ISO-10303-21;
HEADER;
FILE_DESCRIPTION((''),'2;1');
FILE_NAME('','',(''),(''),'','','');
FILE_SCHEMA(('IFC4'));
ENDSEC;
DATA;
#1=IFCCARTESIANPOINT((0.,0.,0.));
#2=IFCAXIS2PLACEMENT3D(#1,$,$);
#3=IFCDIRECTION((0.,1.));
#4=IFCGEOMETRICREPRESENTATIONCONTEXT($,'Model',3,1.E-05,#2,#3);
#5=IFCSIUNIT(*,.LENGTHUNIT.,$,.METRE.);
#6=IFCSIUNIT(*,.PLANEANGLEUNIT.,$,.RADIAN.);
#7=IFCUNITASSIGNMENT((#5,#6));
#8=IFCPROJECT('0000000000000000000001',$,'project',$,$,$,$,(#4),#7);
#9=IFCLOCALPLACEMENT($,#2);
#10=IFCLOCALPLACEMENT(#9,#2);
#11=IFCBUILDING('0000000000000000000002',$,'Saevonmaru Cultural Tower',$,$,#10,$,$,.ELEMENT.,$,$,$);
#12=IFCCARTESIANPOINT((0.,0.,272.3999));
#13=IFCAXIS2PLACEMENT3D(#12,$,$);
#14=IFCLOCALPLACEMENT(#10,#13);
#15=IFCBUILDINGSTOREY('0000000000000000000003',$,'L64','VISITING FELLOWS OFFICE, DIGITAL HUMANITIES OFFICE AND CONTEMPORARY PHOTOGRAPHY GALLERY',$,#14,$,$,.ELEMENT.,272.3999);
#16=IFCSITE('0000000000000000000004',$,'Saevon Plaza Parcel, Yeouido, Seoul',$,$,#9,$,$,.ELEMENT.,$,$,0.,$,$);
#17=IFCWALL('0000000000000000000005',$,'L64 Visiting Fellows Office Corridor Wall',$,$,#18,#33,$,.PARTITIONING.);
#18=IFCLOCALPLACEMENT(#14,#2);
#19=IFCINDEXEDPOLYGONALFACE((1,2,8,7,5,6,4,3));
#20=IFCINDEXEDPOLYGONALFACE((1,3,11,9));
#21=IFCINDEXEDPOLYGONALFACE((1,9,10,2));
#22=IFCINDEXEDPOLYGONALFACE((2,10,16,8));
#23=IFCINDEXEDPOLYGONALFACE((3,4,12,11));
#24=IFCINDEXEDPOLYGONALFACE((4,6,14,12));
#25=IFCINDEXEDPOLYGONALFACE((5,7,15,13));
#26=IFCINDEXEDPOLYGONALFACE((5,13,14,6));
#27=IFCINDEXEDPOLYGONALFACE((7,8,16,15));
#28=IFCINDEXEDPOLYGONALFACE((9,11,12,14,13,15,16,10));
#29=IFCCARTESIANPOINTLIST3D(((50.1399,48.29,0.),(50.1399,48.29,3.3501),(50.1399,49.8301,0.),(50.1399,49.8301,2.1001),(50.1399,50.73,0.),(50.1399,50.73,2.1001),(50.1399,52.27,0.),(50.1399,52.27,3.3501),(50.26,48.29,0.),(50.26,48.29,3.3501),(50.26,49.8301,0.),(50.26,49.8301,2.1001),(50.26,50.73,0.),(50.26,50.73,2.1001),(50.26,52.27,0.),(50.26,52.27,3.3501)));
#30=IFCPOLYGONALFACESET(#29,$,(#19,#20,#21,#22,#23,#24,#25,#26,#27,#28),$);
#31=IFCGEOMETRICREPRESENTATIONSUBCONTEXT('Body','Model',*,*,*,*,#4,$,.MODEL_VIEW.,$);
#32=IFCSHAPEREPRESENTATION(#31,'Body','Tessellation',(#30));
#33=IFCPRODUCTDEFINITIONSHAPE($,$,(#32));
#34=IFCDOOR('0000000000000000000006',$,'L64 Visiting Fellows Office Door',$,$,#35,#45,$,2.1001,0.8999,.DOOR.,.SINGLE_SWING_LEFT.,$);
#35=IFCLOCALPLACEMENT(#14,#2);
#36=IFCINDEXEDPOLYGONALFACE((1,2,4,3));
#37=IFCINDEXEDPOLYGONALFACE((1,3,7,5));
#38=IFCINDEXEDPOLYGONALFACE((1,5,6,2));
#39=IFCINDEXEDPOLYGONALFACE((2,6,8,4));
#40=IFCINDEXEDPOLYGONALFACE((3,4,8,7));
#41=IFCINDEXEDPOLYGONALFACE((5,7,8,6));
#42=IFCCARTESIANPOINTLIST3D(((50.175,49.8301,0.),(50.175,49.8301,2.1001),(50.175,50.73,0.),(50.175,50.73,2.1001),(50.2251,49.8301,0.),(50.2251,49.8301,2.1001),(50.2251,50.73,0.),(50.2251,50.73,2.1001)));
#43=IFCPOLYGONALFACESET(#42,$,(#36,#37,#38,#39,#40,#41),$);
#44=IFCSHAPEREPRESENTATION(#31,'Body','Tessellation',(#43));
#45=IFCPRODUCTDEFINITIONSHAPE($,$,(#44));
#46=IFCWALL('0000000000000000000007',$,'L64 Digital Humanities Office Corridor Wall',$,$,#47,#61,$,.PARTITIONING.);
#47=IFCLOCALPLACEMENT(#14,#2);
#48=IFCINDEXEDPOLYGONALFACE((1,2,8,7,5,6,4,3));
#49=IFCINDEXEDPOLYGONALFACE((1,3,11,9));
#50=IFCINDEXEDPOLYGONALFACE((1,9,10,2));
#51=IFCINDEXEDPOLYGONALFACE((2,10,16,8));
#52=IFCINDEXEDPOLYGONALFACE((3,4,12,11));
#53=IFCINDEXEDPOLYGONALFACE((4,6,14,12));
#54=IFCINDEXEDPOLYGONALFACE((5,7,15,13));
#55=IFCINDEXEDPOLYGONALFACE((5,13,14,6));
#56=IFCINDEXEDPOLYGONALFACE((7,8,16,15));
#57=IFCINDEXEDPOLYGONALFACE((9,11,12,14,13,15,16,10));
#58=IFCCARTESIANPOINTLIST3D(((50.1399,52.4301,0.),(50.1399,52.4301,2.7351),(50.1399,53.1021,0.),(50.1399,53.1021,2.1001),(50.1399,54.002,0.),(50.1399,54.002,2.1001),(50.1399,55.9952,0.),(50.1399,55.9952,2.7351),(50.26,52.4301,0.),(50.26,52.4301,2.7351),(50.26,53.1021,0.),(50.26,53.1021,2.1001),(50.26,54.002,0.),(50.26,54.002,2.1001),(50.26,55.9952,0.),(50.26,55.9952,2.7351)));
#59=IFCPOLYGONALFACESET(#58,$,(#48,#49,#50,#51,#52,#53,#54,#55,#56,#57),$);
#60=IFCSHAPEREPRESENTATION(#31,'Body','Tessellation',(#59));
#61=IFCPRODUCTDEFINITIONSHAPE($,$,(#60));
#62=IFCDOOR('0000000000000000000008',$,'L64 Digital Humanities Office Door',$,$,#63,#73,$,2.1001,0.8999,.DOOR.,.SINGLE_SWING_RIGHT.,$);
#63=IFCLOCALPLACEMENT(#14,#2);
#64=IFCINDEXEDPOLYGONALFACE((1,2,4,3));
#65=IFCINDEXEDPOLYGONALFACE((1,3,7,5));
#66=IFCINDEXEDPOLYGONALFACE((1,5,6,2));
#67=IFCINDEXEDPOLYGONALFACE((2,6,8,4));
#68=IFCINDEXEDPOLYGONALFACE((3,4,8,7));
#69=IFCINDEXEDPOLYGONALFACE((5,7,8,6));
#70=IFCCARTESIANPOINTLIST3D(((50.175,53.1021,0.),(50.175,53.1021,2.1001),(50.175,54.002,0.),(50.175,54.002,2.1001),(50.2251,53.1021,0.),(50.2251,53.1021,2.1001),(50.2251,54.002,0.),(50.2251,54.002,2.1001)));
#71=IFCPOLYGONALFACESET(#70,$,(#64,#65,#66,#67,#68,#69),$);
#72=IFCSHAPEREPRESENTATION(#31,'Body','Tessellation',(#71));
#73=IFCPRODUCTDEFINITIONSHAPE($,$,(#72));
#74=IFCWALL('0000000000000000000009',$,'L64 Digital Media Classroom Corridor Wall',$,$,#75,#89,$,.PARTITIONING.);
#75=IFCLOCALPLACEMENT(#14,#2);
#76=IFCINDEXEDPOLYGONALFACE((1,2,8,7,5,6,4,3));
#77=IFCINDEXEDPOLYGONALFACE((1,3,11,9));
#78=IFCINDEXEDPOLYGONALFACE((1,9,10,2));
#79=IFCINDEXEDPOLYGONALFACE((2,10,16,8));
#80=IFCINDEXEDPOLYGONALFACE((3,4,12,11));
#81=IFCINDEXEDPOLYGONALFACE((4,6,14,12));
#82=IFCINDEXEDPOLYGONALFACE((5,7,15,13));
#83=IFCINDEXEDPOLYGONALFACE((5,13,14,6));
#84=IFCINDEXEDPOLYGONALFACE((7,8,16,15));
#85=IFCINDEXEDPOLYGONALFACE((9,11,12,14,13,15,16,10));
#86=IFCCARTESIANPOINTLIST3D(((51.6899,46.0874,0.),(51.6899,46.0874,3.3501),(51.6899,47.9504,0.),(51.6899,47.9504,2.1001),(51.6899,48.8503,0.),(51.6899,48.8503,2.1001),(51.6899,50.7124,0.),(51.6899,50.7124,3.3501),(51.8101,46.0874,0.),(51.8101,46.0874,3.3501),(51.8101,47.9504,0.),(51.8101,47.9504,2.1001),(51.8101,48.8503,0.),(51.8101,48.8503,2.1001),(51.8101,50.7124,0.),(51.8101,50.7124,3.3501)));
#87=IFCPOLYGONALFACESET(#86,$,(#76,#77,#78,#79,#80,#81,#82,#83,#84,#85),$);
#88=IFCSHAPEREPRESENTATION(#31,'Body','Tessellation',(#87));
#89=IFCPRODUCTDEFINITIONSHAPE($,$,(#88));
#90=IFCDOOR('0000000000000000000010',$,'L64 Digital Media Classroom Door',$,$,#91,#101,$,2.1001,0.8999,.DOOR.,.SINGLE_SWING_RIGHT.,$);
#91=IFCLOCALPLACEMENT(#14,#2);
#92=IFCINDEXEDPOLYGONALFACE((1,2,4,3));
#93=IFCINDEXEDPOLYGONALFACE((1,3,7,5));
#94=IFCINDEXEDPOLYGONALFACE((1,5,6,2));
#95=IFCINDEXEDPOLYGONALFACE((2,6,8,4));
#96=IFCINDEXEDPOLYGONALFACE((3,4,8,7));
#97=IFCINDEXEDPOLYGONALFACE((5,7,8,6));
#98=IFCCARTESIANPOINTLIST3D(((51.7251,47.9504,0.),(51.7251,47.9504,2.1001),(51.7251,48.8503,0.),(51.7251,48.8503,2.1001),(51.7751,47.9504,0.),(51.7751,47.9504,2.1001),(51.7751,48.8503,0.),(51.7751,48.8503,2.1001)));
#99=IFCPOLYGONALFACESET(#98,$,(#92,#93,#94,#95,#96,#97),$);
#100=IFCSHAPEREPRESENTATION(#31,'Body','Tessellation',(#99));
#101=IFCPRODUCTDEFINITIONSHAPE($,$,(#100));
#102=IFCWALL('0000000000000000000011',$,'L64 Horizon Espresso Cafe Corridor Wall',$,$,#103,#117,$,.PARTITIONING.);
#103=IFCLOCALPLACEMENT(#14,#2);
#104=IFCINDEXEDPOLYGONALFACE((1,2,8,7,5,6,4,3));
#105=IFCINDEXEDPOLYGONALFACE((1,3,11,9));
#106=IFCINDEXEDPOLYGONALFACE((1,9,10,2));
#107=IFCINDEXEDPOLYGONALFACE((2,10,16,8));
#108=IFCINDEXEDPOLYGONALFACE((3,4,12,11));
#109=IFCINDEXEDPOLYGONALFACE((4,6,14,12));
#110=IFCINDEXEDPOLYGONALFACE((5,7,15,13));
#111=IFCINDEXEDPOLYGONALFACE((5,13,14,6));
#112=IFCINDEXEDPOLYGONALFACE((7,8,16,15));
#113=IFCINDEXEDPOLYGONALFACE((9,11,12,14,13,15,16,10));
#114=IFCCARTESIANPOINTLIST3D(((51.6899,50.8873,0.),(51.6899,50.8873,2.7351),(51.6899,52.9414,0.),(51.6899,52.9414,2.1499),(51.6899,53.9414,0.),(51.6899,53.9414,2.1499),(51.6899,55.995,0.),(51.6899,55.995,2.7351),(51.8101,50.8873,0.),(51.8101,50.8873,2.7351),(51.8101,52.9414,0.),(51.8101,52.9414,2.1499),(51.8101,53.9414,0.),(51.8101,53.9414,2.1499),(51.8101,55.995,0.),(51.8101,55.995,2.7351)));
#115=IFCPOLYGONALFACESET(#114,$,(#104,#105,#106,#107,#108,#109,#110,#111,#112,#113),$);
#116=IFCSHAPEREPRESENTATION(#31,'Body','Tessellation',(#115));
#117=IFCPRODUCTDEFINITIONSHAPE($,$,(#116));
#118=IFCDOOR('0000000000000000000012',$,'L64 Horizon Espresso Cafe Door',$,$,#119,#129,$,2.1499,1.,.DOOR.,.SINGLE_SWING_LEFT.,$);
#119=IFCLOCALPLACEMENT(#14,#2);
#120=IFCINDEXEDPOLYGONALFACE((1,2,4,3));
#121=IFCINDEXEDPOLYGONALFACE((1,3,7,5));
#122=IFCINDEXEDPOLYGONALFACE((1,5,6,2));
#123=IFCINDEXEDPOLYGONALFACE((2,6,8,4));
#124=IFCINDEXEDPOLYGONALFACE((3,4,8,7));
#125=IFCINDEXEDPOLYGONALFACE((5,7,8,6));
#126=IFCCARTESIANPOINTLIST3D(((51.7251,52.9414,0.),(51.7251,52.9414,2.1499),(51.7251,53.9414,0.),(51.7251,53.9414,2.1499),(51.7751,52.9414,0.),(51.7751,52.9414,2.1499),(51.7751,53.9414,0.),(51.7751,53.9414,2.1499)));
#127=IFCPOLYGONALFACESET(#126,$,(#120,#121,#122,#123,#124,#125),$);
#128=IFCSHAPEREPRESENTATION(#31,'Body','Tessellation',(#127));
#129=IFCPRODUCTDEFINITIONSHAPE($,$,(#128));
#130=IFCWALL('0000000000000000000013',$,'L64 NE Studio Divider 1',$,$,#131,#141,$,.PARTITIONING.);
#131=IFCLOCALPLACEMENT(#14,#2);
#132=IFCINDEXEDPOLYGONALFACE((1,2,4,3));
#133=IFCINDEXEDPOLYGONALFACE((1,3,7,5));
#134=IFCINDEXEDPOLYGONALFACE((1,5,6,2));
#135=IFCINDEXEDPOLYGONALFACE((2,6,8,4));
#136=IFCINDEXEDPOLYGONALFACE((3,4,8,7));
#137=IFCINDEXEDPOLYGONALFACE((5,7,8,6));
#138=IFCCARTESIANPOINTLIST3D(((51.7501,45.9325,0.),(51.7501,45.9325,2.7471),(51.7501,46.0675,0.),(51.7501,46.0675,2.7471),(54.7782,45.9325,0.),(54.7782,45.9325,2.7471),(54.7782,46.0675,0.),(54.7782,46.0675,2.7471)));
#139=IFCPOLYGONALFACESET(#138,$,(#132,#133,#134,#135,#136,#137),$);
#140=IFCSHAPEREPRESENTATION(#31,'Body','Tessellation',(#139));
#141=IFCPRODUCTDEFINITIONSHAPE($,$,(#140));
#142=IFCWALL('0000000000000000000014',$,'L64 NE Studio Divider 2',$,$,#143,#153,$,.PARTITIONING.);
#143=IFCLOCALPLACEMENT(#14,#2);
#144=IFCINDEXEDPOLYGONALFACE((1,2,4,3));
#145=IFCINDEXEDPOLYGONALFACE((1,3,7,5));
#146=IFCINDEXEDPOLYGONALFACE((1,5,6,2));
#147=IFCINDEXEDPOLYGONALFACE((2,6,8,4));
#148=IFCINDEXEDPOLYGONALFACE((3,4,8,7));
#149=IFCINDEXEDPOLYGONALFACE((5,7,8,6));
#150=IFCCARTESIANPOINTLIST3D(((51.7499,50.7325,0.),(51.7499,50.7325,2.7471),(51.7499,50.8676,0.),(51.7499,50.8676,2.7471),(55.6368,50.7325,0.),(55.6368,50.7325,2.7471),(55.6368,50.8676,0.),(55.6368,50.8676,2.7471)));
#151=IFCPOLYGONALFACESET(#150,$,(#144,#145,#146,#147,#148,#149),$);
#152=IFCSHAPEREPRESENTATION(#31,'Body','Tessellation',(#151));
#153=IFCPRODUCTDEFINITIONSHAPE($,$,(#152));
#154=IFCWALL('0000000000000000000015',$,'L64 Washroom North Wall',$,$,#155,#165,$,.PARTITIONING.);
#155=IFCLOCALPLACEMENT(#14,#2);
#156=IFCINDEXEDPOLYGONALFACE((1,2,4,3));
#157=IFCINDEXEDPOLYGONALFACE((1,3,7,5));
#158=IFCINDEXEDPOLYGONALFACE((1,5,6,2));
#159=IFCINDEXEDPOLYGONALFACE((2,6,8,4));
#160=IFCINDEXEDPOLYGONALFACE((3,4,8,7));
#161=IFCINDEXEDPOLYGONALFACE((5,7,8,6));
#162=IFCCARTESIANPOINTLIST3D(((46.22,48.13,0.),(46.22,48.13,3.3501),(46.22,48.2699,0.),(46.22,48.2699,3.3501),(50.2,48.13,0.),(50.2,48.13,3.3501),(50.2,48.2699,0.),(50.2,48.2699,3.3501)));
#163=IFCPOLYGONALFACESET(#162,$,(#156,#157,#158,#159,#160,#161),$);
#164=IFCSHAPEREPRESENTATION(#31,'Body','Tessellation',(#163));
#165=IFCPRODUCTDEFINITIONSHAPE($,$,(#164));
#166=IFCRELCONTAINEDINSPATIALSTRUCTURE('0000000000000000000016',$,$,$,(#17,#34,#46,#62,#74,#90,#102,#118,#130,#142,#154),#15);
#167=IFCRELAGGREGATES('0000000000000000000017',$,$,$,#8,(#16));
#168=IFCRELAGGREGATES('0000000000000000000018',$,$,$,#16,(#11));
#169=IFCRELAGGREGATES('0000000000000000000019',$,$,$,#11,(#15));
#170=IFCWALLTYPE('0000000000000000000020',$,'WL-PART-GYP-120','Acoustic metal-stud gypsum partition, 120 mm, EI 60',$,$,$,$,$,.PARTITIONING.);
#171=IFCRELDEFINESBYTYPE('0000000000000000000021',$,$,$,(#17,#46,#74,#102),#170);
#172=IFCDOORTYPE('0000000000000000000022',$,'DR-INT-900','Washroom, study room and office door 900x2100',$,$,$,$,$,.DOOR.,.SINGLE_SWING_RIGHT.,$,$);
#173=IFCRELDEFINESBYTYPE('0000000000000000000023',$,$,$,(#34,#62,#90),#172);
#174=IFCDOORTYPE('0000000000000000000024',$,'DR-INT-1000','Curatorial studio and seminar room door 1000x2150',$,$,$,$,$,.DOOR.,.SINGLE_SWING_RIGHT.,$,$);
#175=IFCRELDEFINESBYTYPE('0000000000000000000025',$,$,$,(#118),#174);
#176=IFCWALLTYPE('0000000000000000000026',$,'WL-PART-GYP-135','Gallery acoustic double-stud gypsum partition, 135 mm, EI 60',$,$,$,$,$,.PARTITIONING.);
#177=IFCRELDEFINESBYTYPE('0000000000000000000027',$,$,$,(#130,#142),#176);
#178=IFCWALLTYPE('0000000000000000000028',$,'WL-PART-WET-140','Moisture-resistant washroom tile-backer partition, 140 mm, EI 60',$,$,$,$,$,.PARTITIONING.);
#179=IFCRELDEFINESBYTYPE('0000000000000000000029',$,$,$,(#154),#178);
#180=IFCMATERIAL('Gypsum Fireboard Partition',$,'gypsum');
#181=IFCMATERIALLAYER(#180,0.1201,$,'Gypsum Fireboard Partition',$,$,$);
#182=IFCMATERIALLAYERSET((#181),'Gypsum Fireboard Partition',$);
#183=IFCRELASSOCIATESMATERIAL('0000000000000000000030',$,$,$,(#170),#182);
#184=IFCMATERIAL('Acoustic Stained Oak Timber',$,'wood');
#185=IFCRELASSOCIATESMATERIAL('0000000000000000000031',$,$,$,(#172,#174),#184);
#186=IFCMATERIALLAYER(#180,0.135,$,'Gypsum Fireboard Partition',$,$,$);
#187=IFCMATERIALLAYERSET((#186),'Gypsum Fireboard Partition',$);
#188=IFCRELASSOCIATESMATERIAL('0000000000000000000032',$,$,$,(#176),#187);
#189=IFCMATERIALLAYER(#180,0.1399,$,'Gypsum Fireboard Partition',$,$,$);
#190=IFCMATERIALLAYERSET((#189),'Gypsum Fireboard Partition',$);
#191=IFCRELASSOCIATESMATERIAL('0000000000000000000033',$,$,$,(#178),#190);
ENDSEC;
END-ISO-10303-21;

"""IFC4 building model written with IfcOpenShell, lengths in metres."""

from ifc_helpers import new_model, si_unit, direction, frame, frame_2d, origin, place, context, subcontext, project, spatial, rectangle, extrude, material, layer, layer_set, type_object, element, fill, save


model = new_model("IFC4")

# Units and contexts
model_context = context("Model", 3, precision=1e-05, world=origin(), true_north=direction((0.0, 1.0)))
body_context = subcontext(model_context, "Body", "Model", "MODEL_VIEW")
ifc_project = project(units=[si_unit("LENGTHUNIT", "METRE"), si_unit("PLANEANGLEUNIT", "RADIAN")], contexts=[model_context])

# Site, building, storey
site_placement = place(None, origin())
site = spatial("IfcSite", under=ifc_project, at=site_placement, Name="Saevon Plaza Parcel, Yeouido, Seoul", CompositionType="ELEMENT", RefElevation=0.0)
building_placement = place(site_placement, origin())
building = spatial("IfcBuilding", under=site, at=building_placement, Name="Saevonmaru Cultural Tower", CompositionType="ELEMENT")
storey_placement = place(building_placement, frame((0.0, 0.0, 272.3999)))
storey = spatial("IfcBuildingStorey", under=building, at=storey_placement, Name="L64", Description="VISITING FELLOWS OFFICE, DIGITAL HUMANITIES OFFICE AND CONTEMPORARY PHOTOGRAPHY GALLERY", CompositionType="ELEMENT", Elevation=272.3999)

# Shared definitions
ifc_material_1 = material(Name="Gypsum Fireboard Partition", Category="gypsum")
ifc_layer_1 = layer(ifc_material_1, 0.1201, Name="Gypsum Fireboard Partition")
ifc_layer_set_1 = layer_set([ifc_layer_1], Name="Gypsum Fireboard Partition")
wall_type_1 = type_object("IfcWallType", Name="WL-PART-GYP-120", Description="Acoustic metal-stud gypsum partition, 120 mm, EI 60", PredefinedType="PARTITIONING", material=ifc_layer_set_1)

# Walls, openings, doors
wall_1_placement = place(storey_placement, frame((50.2, 48.29, 0.0), z_axis=(0.0, 0.0, 1.0), x_axis=(0.0, 1.0, 0.0)))
wall_1 = element("IfcWall", 1, at=wall_1_placement, inside=storey, type_object=wall_type_1, Name="L64 Visiting Fellows Office Corridor Wall", PredefinedType="PARTITIONING", context=body_context, shape_type="SweptSolid", body=[
    extrude(rectangle(XDim=3.98, YDim=0.1201, at=frame_2d((1.99, 0.0))), origin(), (0.0, 0.0, 1.0), 3.3501),
])
opening_1_placement = place(wall_1_placement, frame((1.54, 0.0, 0.0)))
opening_1 = element("IfcOpeningElement", 2, at=opening_1_placement, cuts=wall_1, PredefinedType="OPENING", context=body_context, shape_type="SweptSolid", body=[
    extrude(rectangle(XDim=0.8999, YDim=2.1001, at=frame_2d((0.45, 1.05))), frame((0.0, 0.0701, 0.0), z_axis=(0.0, -1.0, 0.0), x_axis=(1.0, 0.0, 0.0)), (0.0, 0.0, 1.0), 0.1401),
])
ifc_material_2 = material(Name="Acoustic Stained Oak Timber", Category="wood")
door_type_1 = type_object("IfcDoorType", Name="DR-INT-900", Description="Washroom, study room and office door 900x2100", OperationType="SINGLE_SWING_RIGHT", PredefinedType="DOOR", material=ifc_material_2)
door_1_placement = place(opening_1_placement, origin())
door_1 = element("IfcDoor", 3, at=door_1_placement, inside=storey, type_object=door_type_1, Name="L64 Visiting Fellows Office Door", OperationType="SINGLE_SWING_LEFT", OverallHeight=2.1001, OverallWidth=0.8999, PredefinedType="DOOR", context=body_context, shape_type="SweptSolid", body=[
    extrude(rectangle(XDim=0.8999, YDim=2.1001, at=frame_2d((0.45, 1.05))), frame((0.0, 0.0249, 0.0), z_axis=(0.0, -1.0, 0.0), x_axis=(1.0, 0.0, 0.0)), (0.0, 0.0, 1.0), 0.05),
])
fill(opening_1, door_1)
wall_2_placement = place(storey_placement, frame((50.2, 52.4299, 0.0), z_axis=(0.0, 0.0, 1.0), x_axis=(0.0, 1.0, 0.0)))
wall_2 = element("IfcWall", 4, at=wall_2_placement, inside=storey, type_object=wall_type_1, Name="L64 Digital Humanities Office Corridor Wall", PredefinedType="PARTITIONING", context=body_context, shape_type="SweptSolid", body=[
    extrude(rectangle(XDim=3.5652, YDim=0.1201, at=frame_2d((1.7827, 0.0))), origin(), (0.0, 0.0, 1.0), 2.7351),
])
opening_2_placement = place(wall_2_placement, frame((0.6721, 0.0, 0.0)))
opening_2 = element("IfcOpeningElement", 5, at=opening_2_placement, cuts=wall_2, PredefinedType="OPENING", context=body_context, shape_type="SweptSolid", body=[
    extrude(rectangle(XDim=0.8999, YDim=2.1001, at=frame_2d((0.45, 1.05))), frame((0.0, 0.0701, 0.0), z_axis=(0.0, -1.0, 0.0), x_axis=(1.0, 0.0, 0.0)), (0.0, 0.0, 1.0), 0.1401),
])
door_2_placement = place(opening_2_placement, origin())
door_2 = element("IfcDoor", 6, at=door_2_placement, inside=storey, type_object=door_type_1, Name="L64 Digital Humanities Office Door", OperationType="SINGLE_SWING_RIGHT", OverallHeight=2.1001, OverallWidth=0.8999, PredefinedType="DOOR", context=body_context, shape_type="SweptSolid", body=[
    extrude(rectangle(XDim=0.8999, YDim=2.1001, at=frame_2d((0.45, 1.05))), frame((0.0, 0.0249, 0.0), z_axis=(0.0, -1.0, 0.0), x_axis=(1.0, 0.0, 0.0)), (0.0, 0.0, 1.0), 0.05),
])
fill(opening_2, door_2)
wall_3_placement = place(storey_placement, frame((51.75, 46.0874, 0.0), z_axis=(0.0, 0.0, 1.0), x_axis=(0.0, 1.0, 0.0)))
wall_3 = element("IfcWall", 7, at=wall_3_placement, inside=storey, type_object=wall_type_1, Name="L64 Digital Media Classroom Corridor Wall", PredefinedType="PARTITIONING", context=body_context, shape_type="SweptSolid", body=[
    extrude(rectangle(XDim=4.625, YDim=0.1201, at=frame_2d((2.3125, 0.0))), origin(), (0.0, 0.0, 1.0), 3.3501),
])
opening_3_placement = place(wall_3_placement, frame((1.863, 0.0, 0.0)))
opening_3 = element("IfcOpeningElement", 8, at=opening_3_placement, cuts=wall_3, PredefinedType="OPENING", context=body_context, shape_type="SweptSolid", body=[
    extrude(rectangle(XDim=0.8999, YDim=2.1001, at=frame_2d((0.45, 1.05))), frame((0.0, 0.0701, 0.0), z_axis=(0.0, -1.0, 0.0), x_axis=(1.0, 0.0, 0.0)), (0.0, 0.0, 1.0), 0.1401),
])
door_3_placement = place(opening_3_placement, origin())
door_3 = element("IfcDoor", 9, at=door_3_placement, inside=storey, type_object=door_type_1, Name="L64 Digital Media Classroom Door", OperationType="SINGLE_SWING_RIGHT", OverallHeight=2.1001, OverallWidth=0.8999, PredefinedType="DOOR", context=body_context, shape_type="SweptSolid", body=[
    extrude(rectangle(XDim=0.8999, YDim=2.1001, at=frame_2d((0.45, 1.05))), frame((0.0, 0.0249, 0.0), z_axis=(0.0, -1.0, 0.0), x_axis=(1.0, 0.0, 0.0)), (0.0, 0.0, 1.0), 0.05),
])
fill(opening_3, door_3)
wall_4_placement = place(storey_placement, frame((51.75, 50.8875, 0.0), z_axis=(0.0, 0.0, 1.0), x_axis=(0.0, 1.0, 0.0)))
wall_4 = element("IfcWall", 10, at=wall_4_placement, inside=storey, type_object=wall_type_1, Name="L64 Horizon Espresso Cafe Corridor Wall", PredefinedType="PARTITIONING", context=body_context, shape_type="SweptSolid", body=[
    extrude(rectangle(XDim=5.1077, YDim=0.1201, at=frame_2d((2.5537, 0.0))), origin(), (0.0, 0.0, 1.0), 2.7351),
])
opening_4_placement = place(wall_4_placement, frame((2.054, 0.0, 0.0)))
opening_4 = element("IfcOpeningElement", 11, at=opening_4_placement, cuts=wall_4, PredefinedType="OPENING", context=body_context, shape_type="SweptSolid", body=[
    extrude(rectangle(XDim=1.0, YDim=2.1499, at=frame_2d((0.5, 1.075))), frame((0.0, 0.0701, 0.0), z_axis=(0.0, -1.0, 0.0), x_axis=(1.0, 0.0, 0.0)), (0.0, 0.0, 1.0), 0.1401),
])
door_type_2 = type_object("IfcDoorType", Name="DR-INT-1000", Description="Curatorial studio and seminar room door 1000x2150", OperationType="SINGLE_SWING_RIGHT", PredefinedType="DOOR", material=ifc_material_2)
door_4_placement = place(opening_4_placement, origin())
door_4 = element("IfcDoor", 12, at=door_4_placement, inside=storey, type_object=door_type_2, Name="L64 Horizon Espresso Cafe Door", OperationType="SINGLE_SWING_LEFT", OverallHeight=2.1499, OverallWidth=1.0, PredefinedType="DOOR", context=body_context, shape_type="SweptSolid", body=[
    extrude(rectangle(XDim=1.0, YDim=2.1499, at=frame_2d((0.5, 1.075))), frame((0.0, 0.0249, 0.0), z_axis=(0.0, -1.0, 0.0), x_axis=(1.0, 0.0, 0.0)), (0.0, 0.0, 1.0), 0.05),
])
fill(opening_4, door_4)

# Walls
ifc_layer_2 = layer(ifc_material_1, 0.135, Name="Gypsum Fireboard Partition")
ifc_layer_set_2 = layer_set([ifc_layer_2], Name="Gypsum Fireboard Partition")
wall_type_2 = type_object("IfcWallType", Name="WL-PART-GYP-135", Description="Gallery acoustic double-stud gypsum partition, 135 mm, EI 60", PredefinedType="PARTITIONING", material=ifc_layer_set_2)
wall_5_placement = place(storey_placement, frame((51.75, 46.0, 0.0), z_axis=(0.0, 0.0, 1.0), x_axis=(1.0, 0.0, 0.0)))
element("IfcWall", 13, at=wall_5_placement, inside=storey, type_object=wall_type_2, Name="L64 NE Studio Divider 1", PredefinedType="PARTITIONING", context=body_context, shape_type="SweptSolid", body=[
    extrude(rectangle(XDim=3.0281, YDim=0.135, at=frame_2d((1.5142, 0.0))), origin(), (0.0, 0.0, 1.0), 2.7471),
])
wall_6_placement = place(storey_placement, frame((51.75, 50.8, 0.0), z_axis=(0.0, 0.0, 1.0), x_axis=(1.0, 0.0, 0.0)))
element("IfcWall", 14, at=wall_6_placement, inside=storey, type_object=wall_type_2, Name="L64 NE Studio Divider 2", PredefinedType="PARTITIONING", context=body_context, shape_type="SweptSolid", body=[
    extrude(rectangle(XDim=3.887, YDim=0.135, at=frame_2d((1.9434, 0.0))), origin(), (0.0, 0.0, 1.0), 2.7471),
])
ifc_layer_3 = layer(ifc_material_1, 0.1399, Name="Gypsum Fireboard Partition")
ifc_layer_set_3 = layer_set([ifc_layer_3], Name="Gypsum Fireboard Partition")
wall_type_3 = type_object("IfcWallType", Name="WL-PART-WET-140", Description="Moisture-resistant washroom tile-backer partition, 140 mm, EI 60", PredefinedType="PARTITIONING", material=ifc_layer_set_3)
wall_7_placement = place(storey_placement, frame((46.22, 48.2, 0.0), z_axis=(0.0, 0.0, 1.0), x_axis=(1.0, 0.0, 0.0)))
element("IfcWall", 15, at=wall_7_placement, inside=storey, type_object=wall_type_3, Name="L64 Washroom North Wall", PredefinedType="PARTITIONING", context=body_context, shape_type="SweptSolid", body=[
    extrude(rectangle(XDim=3.98, YDim=0.1399, at=frame_2d((1.99, 0.0))), origin(), (0.0, 0.0, 1.0), 3.3501),
])

save(model, "model.ifc")
